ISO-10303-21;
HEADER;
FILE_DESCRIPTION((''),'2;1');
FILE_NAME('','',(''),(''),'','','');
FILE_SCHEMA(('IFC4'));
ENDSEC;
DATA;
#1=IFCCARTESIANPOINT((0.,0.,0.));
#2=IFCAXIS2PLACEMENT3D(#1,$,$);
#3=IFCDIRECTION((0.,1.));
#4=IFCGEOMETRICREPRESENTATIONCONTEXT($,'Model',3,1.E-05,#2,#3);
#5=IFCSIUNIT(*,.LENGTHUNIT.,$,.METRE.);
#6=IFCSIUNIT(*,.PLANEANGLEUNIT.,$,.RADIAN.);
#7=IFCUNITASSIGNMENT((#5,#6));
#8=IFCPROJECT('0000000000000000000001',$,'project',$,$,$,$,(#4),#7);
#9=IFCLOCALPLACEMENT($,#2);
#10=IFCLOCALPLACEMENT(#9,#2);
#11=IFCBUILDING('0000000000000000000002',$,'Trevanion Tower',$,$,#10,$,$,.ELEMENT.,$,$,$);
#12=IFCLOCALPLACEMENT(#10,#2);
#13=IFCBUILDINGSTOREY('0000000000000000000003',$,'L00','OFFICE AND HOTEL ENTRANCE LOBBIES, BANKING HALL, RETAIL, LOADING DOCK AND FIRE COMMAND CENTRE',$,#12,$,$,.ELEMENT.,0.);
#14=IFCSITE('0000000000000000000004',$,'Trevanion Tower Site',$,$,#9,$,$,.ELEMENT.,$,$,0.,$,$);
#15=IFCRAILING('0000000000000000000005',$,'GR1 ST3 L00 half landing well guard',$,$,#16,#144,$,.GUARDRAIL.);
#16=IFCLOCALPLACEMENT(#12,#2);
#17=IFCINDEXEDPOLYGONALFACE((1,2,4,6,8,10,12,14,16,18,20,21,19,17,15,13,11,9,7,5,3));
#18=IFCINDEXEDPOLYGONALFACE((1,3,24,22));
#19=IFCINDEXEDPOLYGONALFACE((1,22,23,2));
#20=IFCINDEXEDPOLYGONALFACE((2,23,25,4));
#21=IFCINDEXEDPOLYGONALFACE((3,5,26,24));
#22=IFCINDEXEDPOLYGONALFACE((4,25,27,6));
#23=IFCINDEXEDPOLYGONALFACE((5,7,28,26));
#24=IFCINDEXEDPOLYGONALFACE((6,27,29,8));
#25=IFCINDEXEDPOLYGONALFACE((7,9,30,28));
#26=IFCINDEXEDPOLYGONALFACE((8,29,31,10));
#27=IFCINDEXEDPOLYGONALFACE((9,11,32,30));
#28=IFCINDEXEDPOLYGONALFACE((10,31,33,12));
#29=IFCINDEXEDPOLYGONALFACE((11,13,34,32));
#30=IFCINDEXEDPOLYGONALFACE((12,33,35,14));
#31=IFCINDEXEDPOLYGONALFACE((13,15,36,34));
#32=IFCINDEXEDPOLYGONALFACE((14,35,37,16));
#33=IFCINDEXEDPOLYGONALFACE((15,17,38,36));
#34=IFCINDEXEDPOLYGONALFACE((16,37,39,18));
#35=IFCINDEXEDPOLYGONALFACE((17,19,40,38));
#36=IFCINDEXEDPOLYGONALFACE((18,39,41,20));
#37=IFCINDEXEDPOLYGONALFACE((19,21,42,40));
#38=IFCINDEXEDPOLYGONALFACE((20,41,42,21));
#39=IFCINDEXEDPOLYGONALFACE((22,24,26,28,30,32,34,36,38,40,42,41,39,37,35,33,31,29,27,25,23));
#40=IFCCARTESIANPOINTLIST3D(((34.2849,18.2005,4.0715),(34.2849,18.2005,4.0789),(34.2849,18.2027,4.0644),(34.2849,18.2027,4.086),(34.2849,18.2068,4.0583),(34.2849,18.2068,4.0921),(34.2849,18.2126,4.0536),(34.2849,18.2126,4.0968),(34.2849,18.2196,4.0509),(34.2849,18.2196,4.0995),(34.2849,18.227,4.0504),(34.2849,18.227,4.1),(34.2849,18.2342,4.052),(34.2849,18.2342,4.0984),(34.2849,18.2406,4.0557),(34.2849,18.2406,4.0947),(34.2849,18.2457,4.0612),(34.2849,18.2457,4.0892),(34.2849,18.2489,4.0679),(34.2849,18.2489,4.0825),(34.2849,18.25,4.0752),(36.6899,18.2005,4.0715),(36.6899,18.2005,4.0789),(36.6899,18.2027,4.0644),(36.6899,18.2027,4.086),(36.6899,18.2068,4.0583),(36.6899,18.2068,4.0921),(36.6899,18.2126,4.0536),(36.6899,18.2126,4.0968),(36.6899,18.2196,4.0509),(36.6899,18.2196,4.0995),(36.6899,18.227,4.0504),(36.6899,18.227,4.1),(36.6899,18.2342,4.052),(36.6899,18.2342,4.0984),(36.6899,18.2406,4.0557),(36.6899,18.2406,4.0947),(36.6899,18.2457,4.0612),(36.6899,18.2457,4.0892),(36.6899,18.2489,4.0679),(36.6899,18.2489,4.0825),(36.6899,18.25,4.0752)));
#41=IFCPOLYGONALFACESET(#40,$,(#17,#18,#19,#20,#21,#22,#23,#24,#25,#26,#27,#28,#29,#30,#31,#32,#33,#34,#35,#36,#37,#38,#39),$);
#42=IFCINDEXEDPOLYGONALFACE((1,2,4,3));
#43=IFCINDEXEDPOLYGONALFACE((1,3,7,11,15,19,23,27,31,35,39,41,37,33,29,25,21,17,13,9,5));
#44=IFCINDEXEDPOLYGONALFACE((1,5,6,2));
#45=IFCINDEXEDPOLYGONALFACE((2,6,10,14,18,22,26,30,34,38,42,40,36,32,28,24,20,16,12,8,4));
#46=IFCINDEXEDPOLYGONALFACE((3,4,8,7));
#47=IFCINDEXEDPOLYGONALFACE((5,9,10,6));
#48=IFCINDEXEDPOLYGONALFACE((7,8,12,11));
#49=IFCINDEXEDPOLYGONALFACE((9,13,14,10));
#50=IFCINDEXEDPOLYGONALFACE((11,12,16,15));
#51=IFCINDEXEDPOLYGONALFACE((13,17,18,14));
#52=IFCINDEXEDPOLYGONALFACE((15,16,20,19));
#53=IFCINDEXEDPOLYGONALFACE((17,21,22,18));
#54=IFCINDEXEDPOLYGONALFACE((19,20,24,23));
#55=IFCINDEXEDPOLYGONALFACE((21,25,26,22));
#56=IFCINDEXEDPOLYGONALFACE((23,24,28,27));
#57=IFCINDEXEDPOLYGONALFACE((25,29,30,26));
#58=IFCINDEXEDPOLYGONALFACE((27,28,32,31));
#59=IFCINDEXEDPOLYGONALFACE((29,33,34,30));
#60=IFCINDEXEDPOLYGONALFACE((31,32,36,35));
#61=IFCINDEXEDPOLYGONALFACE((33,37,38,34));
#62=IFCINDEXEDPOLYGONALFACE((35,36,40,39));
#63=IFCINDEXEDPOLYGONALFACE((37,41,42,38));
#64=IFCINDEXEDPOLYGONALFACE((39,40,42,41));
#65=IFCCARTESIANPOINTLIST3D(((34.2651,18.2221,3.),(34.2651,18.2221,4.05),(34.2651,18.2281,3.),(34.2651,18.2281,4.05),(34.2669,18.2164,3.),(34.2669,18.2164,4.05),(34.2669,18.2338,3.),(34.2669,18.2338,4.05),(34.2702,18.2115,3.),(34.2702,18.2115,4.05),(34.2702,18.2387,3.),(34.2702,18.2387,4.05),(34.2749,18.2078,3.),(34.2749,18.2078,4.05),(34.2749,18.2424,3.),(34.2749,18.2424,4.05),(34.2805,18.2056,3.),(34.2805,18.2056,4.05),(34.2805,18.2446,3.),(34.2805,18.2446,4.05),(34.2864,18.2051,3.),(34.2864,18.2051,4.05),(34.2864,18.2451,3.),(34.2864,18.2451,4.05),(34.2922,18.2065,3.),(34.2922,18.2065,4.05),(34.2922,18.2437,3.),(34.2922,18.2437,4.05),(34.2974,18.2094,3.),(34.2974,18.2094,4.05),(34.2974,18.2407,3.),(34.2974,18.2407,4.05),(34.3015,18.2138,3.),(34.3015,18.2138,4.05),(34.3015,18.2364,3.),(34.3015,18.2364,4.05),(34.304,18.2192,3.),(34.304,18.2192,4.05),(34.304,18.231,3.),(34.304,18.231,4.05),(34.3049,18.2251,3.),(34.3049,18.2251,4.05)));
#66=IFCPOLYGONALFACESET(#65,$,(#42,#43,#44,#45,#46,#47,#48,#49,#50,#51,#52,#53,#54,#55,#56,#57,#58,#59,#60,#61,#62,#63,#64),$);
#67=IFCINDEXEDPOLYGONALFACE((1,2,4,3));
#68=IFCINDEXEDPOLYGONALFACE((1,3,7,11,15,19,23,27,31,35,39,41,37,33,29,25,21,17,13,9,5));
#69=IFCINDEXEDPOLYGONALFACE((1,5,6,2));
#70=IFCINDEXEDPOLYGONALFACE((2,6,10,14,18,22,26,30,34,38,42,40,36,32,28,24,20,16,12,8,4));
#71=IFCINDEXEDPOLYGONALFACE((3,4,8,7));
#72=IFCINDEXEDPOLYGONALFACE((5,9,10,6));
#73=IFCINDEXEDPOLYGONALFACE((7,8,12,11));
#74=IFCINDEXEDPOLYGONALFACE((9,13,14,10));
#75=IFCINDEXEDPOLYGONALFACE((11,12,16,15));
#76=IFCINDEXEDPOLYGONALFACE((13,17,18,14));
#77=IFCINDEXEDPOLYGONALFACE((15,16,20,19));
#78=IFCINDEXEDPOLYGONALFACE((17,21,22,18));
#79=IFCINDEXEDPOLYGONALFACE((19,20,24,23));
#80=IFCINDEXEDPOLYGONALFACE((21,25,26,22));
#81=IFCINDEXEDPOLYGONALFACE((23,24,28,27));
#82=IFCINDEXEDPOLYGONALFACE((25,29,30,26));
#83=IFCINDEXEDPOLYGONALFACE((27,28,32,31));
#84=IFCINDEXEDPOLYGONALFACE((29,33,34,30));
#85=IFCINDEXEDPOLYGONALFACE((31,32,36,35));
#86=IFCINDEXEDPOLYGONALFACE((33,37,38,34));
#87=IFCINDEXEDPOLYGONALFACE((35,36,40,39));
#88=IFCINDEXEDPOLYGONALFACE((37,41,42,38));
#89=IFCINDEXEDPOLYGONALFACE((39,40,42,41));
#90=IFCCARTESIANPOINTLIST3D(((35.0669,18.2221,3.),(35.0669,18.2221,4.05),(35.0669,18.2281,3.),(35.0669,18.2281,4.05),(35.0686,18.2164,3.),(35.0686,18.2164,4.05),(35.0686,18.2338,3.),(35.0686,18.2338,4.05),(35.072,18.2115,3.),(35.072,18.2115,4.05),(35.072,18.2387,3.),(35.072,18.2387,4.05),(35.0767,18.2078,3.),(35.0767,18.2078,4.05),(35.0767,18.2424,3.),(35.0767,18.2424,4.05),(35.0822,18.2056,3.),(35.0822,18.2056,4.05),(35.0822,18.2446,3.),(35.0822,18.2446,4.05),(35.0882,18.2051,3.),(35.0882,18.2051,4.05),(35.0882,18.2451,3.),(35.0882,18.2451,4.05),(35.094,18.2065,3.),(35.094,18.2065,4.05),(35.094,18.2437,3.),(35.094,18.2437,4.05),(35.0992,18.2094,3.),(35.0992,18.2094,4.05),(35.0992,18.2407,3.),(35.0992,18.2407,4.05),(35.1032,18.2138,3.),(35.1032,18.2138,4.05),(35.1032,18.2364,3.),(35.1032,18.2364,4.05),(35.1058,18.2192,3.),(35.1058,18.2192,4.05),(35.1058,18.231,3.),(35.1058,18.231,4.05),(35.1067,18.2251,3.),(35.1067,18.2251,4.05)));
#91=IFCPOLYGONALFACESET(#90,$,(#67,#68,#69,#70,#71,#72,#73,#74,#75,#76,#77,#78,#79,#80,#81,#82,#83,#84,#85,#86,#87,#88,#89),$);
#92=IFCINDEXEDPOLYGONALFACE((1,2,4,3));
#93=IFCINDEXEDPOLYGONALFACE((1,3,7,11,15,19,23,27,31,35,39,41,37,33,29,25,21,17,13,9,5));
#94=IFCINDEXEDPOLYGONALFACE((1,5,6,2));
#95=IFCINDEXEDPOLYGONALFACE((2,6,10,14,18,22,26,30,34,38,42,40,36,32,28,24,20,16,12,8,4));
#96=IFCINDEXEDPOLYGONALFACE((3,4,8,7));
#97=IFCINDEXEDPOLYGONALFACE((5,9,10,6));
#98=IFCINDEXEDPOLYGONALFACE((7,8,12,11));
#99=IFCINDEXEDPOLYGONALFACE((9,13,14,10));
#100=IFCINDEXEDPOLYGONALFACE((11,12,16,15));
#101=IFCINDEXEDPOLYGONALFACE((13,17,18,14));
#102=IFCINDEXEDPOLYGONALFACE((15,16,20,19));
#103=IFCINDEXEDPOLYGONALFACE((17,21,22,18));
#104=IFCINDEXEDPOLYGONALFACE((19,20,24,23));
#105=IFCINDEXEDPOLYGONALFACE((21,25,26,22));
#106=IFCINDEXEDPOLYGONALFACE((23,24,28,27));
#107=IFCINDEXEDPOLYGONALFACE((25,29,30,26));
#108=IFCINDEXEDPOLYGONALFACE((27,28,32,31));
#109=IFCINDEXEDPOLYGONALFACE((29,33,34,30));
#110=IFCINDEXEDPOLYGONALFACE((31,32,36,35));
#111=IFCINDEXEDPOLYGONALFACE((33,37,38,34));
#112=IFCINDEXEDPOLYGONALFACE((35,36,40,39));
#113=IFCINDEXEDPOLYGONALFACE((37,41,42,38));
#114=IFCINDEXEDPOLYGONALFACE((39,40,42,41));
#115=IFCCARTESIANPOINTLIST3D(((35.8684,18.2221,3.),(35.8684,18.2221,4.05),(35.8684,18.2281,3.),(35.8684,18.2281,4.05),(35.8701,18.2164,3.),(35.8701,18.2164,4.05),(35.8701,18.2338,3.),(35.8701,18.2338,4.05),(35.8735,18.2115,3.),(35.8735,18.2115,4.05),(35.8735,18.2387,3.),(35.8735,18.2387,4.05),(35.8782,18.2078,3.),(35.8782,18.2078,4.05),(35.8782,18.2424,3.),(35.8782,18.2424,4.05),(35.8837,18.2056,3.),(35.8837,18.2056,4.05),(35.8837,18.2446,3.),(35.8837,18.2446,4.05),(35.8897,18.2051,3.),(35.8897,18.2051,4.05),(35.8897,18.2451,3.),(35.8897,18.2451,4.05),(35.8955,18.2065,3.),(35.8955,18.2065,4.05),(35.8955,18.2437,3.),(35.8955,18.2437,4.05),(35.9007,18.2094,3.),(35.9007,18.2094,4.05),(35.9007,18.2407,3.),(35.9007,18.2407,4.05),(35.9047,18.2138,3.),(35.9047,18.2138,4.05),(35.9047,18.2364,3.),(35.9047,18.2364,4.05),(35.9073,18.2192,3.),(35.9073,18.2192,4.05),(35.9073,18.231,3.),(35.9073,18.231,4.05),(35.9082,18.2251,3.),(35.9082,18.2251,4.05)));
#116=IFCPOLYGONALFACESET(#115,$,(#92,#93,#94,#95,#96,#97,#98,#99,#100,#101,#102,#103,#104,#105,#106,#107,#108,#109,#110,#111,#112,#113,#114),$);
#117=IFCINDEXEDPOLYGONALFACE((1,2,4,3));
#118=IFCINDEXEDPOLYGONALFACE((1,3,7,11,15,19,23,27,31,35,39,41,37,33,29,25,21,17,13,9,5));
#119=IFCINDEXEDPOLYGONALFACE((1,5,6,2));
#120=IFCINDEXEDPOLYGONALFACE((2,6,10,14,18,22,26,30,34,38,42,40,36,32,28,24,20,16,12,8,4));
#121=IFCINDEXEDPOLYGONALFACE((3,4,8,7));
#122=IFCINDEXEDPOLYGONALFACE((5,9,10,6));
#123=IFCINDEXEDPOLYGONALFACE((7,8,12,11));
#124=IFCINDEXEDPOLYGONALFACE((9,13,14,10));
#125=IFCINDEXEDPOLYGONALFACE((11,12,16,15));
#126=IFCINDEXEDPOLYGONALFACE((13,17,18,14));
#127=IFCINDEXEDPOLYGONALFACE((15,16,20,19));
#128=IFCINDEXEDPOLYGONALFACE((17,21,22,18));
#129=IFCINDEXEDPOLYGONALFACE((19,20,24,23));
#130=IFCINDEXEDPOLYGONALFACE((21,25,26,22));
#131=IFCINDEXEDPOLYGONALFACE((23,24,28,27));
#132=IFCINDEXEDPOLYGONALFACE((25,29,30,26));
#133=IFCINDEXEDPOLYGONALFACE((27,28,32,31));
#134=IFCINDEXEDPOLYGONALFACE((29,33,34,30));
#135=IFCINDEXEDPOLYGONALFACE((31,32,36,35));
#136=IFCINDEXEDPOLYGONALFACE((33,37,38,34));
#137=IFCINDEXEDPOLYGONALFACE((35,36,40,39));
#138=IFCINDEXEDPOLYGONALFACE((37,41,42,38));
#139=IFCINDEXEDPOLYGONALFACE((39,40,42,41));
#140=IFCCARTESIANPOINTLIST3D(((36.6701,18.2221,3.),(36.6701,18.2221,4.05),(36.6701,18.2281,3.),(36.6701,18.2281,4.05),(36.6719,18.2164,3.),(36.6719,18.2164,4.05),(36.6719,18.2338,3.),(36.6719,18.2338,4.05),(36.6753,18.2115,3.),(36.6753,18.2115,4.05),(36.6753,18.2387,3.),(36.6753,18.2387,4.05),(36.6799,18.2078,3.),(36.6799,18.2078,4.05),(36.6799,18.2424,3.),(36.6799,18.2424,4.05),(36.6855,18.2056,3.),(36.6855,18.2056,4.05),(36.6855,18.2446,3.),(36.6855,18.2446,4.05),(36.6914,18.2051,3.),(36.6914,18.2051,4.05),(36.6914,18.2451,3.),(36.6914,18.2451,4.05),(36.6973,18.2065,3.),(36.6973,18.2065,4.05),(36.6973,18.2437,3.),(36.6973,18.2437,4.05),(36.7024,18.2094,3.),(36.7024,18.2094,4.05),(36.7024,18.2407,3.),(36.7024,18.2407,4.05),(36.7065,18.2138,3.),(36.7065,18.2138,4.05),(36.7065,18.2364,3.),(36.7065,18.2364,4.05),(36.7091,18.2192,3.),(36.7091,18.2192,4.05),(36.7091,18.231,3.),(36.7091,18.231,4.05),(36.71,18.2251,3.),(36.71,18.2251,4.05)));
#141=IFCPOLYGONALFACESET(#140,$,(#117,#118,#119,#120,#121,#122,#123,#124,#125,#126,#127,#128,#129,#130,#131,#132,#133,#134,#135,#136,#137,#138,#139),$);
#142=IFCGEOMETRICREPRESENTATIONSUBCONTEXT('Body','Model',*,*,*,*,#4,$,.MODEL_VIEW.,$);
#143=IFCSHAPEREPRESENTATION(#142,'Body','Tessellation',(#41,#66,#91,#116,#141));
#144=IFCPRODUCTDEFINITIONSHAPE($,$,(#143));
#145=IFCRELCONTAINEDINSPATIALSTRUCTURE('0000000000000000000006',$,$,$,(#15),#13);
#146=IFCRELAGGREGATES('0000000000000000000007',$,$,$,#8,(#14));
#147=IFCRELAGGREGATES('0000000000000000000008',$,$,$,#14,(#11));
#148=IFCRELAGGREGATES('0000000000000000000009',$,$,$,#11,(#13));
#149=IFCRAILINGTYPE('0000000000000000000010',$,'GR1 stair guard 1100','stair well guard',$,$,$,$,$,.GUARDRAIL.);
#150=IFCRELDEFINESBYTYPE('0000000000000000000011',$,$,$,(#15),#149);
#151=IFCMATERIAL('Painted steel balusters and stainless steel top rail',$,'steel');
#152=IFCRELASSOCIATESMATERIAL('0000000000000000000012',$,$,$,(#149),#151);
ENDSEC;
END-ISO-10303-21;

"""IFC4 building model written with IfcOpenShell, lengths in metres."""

from ifc_helpers import new_model, si_unit, direction, frame, origin, origin_2d, place, context, subcontext, project, spatial, circle, extrude, material, type_object, element, save


model = new_model("IFC4")

# Units and contexts
model_context = context("Model", 3, precision=1e-05, world=origin(), true_north=direction((0.0, 1.0)))
body_context = subcontext(model_context, "Body", "Model", "MODEL_VIEW")
ifc_project = project(units=[si_unit("LENGTHUNIT", "METRE"), si_unit("PLANEANGLEUNIT", "RADIAN")], contexts=[model_context])

# Site, building, storey
site_placement = place(None, origin())
site = spatial("IfcSite", under=ifc_project, at=site_placement, Name="Trevanion Tower Site", CompositionType="ELEMENT", RefElevation=0.0)
building_placement = place(site_placement, origin())
building = spatial("IfcBuilding", under=site, at=building_placement, Name="Trevanion Tower", CompositionType="ELEMENT")
storey_placement = place(building_placement, origin())
storey = spatial("IfcBuildingStorey", under=building, at=storey_placement, Name="L00", Description="OFFICE AND HOTEL ENTRANCE LOBBIES, BANKING HALL, RETAIL, LOADING DOCK AND FIRE COMMAND CENTRE", CompositionType="ELEMENT", Elevation=0.0)

# Railing
ifc_material_1 = material(Name="Painted steel balusters and stainless steel top rail", Category="steel")
railing_type_1 = type_object("IfcRailingType", Name="GR1 stair guard 1100", Description="stair well guard", PredefinedType="GUARDRAIL", material=ifc_material_1)
for number, where, name in (
    (1, (34.2849, 18.2251, 3.0), "GR1 ST3 L00 half landing well guard"),
):
    element("IfcRailing", number, at=place(storey_placement, frame(where)), inside=storey, type_object=railing_type_1, Name=name, PredefinedType="GUARDRAIL", context=body_context, shape_type="SweptSolid", body=[
        extrude(circle(Radius=0.0249, at=origin_2d()), frame((0.0, 0.0, 1.0752), z_axis=(1.0, 0.0, 0.0), x_axis=(0.0, 1.0, 0.0)), (0.0, 0.0, 1.0), 2.405),
        extrude(circle(Radius=0.02, at=origin_2d()), origin(), (0.0, 0.0, 1.0), 1.05),
        extrude(circle(Radius=0.02, at=origin_2d()), frame((0.8018, 0.0, 0.0)), (0.0, 0.0, 1.0), 1.05),
        extrude(circle(Radius=0.02, at=origin_2d()), frame((1.6033, 0.0, 0.0)), (0.0, 0.0, 1.0), 1.05),
        extrude(circle(Radius=0.02, at=origin_2d()), frame((2.405, 0.0, 0.0)), (0.0, 0.0, 1.0), 1.05),
    ])

save(model, "model.ifc")
